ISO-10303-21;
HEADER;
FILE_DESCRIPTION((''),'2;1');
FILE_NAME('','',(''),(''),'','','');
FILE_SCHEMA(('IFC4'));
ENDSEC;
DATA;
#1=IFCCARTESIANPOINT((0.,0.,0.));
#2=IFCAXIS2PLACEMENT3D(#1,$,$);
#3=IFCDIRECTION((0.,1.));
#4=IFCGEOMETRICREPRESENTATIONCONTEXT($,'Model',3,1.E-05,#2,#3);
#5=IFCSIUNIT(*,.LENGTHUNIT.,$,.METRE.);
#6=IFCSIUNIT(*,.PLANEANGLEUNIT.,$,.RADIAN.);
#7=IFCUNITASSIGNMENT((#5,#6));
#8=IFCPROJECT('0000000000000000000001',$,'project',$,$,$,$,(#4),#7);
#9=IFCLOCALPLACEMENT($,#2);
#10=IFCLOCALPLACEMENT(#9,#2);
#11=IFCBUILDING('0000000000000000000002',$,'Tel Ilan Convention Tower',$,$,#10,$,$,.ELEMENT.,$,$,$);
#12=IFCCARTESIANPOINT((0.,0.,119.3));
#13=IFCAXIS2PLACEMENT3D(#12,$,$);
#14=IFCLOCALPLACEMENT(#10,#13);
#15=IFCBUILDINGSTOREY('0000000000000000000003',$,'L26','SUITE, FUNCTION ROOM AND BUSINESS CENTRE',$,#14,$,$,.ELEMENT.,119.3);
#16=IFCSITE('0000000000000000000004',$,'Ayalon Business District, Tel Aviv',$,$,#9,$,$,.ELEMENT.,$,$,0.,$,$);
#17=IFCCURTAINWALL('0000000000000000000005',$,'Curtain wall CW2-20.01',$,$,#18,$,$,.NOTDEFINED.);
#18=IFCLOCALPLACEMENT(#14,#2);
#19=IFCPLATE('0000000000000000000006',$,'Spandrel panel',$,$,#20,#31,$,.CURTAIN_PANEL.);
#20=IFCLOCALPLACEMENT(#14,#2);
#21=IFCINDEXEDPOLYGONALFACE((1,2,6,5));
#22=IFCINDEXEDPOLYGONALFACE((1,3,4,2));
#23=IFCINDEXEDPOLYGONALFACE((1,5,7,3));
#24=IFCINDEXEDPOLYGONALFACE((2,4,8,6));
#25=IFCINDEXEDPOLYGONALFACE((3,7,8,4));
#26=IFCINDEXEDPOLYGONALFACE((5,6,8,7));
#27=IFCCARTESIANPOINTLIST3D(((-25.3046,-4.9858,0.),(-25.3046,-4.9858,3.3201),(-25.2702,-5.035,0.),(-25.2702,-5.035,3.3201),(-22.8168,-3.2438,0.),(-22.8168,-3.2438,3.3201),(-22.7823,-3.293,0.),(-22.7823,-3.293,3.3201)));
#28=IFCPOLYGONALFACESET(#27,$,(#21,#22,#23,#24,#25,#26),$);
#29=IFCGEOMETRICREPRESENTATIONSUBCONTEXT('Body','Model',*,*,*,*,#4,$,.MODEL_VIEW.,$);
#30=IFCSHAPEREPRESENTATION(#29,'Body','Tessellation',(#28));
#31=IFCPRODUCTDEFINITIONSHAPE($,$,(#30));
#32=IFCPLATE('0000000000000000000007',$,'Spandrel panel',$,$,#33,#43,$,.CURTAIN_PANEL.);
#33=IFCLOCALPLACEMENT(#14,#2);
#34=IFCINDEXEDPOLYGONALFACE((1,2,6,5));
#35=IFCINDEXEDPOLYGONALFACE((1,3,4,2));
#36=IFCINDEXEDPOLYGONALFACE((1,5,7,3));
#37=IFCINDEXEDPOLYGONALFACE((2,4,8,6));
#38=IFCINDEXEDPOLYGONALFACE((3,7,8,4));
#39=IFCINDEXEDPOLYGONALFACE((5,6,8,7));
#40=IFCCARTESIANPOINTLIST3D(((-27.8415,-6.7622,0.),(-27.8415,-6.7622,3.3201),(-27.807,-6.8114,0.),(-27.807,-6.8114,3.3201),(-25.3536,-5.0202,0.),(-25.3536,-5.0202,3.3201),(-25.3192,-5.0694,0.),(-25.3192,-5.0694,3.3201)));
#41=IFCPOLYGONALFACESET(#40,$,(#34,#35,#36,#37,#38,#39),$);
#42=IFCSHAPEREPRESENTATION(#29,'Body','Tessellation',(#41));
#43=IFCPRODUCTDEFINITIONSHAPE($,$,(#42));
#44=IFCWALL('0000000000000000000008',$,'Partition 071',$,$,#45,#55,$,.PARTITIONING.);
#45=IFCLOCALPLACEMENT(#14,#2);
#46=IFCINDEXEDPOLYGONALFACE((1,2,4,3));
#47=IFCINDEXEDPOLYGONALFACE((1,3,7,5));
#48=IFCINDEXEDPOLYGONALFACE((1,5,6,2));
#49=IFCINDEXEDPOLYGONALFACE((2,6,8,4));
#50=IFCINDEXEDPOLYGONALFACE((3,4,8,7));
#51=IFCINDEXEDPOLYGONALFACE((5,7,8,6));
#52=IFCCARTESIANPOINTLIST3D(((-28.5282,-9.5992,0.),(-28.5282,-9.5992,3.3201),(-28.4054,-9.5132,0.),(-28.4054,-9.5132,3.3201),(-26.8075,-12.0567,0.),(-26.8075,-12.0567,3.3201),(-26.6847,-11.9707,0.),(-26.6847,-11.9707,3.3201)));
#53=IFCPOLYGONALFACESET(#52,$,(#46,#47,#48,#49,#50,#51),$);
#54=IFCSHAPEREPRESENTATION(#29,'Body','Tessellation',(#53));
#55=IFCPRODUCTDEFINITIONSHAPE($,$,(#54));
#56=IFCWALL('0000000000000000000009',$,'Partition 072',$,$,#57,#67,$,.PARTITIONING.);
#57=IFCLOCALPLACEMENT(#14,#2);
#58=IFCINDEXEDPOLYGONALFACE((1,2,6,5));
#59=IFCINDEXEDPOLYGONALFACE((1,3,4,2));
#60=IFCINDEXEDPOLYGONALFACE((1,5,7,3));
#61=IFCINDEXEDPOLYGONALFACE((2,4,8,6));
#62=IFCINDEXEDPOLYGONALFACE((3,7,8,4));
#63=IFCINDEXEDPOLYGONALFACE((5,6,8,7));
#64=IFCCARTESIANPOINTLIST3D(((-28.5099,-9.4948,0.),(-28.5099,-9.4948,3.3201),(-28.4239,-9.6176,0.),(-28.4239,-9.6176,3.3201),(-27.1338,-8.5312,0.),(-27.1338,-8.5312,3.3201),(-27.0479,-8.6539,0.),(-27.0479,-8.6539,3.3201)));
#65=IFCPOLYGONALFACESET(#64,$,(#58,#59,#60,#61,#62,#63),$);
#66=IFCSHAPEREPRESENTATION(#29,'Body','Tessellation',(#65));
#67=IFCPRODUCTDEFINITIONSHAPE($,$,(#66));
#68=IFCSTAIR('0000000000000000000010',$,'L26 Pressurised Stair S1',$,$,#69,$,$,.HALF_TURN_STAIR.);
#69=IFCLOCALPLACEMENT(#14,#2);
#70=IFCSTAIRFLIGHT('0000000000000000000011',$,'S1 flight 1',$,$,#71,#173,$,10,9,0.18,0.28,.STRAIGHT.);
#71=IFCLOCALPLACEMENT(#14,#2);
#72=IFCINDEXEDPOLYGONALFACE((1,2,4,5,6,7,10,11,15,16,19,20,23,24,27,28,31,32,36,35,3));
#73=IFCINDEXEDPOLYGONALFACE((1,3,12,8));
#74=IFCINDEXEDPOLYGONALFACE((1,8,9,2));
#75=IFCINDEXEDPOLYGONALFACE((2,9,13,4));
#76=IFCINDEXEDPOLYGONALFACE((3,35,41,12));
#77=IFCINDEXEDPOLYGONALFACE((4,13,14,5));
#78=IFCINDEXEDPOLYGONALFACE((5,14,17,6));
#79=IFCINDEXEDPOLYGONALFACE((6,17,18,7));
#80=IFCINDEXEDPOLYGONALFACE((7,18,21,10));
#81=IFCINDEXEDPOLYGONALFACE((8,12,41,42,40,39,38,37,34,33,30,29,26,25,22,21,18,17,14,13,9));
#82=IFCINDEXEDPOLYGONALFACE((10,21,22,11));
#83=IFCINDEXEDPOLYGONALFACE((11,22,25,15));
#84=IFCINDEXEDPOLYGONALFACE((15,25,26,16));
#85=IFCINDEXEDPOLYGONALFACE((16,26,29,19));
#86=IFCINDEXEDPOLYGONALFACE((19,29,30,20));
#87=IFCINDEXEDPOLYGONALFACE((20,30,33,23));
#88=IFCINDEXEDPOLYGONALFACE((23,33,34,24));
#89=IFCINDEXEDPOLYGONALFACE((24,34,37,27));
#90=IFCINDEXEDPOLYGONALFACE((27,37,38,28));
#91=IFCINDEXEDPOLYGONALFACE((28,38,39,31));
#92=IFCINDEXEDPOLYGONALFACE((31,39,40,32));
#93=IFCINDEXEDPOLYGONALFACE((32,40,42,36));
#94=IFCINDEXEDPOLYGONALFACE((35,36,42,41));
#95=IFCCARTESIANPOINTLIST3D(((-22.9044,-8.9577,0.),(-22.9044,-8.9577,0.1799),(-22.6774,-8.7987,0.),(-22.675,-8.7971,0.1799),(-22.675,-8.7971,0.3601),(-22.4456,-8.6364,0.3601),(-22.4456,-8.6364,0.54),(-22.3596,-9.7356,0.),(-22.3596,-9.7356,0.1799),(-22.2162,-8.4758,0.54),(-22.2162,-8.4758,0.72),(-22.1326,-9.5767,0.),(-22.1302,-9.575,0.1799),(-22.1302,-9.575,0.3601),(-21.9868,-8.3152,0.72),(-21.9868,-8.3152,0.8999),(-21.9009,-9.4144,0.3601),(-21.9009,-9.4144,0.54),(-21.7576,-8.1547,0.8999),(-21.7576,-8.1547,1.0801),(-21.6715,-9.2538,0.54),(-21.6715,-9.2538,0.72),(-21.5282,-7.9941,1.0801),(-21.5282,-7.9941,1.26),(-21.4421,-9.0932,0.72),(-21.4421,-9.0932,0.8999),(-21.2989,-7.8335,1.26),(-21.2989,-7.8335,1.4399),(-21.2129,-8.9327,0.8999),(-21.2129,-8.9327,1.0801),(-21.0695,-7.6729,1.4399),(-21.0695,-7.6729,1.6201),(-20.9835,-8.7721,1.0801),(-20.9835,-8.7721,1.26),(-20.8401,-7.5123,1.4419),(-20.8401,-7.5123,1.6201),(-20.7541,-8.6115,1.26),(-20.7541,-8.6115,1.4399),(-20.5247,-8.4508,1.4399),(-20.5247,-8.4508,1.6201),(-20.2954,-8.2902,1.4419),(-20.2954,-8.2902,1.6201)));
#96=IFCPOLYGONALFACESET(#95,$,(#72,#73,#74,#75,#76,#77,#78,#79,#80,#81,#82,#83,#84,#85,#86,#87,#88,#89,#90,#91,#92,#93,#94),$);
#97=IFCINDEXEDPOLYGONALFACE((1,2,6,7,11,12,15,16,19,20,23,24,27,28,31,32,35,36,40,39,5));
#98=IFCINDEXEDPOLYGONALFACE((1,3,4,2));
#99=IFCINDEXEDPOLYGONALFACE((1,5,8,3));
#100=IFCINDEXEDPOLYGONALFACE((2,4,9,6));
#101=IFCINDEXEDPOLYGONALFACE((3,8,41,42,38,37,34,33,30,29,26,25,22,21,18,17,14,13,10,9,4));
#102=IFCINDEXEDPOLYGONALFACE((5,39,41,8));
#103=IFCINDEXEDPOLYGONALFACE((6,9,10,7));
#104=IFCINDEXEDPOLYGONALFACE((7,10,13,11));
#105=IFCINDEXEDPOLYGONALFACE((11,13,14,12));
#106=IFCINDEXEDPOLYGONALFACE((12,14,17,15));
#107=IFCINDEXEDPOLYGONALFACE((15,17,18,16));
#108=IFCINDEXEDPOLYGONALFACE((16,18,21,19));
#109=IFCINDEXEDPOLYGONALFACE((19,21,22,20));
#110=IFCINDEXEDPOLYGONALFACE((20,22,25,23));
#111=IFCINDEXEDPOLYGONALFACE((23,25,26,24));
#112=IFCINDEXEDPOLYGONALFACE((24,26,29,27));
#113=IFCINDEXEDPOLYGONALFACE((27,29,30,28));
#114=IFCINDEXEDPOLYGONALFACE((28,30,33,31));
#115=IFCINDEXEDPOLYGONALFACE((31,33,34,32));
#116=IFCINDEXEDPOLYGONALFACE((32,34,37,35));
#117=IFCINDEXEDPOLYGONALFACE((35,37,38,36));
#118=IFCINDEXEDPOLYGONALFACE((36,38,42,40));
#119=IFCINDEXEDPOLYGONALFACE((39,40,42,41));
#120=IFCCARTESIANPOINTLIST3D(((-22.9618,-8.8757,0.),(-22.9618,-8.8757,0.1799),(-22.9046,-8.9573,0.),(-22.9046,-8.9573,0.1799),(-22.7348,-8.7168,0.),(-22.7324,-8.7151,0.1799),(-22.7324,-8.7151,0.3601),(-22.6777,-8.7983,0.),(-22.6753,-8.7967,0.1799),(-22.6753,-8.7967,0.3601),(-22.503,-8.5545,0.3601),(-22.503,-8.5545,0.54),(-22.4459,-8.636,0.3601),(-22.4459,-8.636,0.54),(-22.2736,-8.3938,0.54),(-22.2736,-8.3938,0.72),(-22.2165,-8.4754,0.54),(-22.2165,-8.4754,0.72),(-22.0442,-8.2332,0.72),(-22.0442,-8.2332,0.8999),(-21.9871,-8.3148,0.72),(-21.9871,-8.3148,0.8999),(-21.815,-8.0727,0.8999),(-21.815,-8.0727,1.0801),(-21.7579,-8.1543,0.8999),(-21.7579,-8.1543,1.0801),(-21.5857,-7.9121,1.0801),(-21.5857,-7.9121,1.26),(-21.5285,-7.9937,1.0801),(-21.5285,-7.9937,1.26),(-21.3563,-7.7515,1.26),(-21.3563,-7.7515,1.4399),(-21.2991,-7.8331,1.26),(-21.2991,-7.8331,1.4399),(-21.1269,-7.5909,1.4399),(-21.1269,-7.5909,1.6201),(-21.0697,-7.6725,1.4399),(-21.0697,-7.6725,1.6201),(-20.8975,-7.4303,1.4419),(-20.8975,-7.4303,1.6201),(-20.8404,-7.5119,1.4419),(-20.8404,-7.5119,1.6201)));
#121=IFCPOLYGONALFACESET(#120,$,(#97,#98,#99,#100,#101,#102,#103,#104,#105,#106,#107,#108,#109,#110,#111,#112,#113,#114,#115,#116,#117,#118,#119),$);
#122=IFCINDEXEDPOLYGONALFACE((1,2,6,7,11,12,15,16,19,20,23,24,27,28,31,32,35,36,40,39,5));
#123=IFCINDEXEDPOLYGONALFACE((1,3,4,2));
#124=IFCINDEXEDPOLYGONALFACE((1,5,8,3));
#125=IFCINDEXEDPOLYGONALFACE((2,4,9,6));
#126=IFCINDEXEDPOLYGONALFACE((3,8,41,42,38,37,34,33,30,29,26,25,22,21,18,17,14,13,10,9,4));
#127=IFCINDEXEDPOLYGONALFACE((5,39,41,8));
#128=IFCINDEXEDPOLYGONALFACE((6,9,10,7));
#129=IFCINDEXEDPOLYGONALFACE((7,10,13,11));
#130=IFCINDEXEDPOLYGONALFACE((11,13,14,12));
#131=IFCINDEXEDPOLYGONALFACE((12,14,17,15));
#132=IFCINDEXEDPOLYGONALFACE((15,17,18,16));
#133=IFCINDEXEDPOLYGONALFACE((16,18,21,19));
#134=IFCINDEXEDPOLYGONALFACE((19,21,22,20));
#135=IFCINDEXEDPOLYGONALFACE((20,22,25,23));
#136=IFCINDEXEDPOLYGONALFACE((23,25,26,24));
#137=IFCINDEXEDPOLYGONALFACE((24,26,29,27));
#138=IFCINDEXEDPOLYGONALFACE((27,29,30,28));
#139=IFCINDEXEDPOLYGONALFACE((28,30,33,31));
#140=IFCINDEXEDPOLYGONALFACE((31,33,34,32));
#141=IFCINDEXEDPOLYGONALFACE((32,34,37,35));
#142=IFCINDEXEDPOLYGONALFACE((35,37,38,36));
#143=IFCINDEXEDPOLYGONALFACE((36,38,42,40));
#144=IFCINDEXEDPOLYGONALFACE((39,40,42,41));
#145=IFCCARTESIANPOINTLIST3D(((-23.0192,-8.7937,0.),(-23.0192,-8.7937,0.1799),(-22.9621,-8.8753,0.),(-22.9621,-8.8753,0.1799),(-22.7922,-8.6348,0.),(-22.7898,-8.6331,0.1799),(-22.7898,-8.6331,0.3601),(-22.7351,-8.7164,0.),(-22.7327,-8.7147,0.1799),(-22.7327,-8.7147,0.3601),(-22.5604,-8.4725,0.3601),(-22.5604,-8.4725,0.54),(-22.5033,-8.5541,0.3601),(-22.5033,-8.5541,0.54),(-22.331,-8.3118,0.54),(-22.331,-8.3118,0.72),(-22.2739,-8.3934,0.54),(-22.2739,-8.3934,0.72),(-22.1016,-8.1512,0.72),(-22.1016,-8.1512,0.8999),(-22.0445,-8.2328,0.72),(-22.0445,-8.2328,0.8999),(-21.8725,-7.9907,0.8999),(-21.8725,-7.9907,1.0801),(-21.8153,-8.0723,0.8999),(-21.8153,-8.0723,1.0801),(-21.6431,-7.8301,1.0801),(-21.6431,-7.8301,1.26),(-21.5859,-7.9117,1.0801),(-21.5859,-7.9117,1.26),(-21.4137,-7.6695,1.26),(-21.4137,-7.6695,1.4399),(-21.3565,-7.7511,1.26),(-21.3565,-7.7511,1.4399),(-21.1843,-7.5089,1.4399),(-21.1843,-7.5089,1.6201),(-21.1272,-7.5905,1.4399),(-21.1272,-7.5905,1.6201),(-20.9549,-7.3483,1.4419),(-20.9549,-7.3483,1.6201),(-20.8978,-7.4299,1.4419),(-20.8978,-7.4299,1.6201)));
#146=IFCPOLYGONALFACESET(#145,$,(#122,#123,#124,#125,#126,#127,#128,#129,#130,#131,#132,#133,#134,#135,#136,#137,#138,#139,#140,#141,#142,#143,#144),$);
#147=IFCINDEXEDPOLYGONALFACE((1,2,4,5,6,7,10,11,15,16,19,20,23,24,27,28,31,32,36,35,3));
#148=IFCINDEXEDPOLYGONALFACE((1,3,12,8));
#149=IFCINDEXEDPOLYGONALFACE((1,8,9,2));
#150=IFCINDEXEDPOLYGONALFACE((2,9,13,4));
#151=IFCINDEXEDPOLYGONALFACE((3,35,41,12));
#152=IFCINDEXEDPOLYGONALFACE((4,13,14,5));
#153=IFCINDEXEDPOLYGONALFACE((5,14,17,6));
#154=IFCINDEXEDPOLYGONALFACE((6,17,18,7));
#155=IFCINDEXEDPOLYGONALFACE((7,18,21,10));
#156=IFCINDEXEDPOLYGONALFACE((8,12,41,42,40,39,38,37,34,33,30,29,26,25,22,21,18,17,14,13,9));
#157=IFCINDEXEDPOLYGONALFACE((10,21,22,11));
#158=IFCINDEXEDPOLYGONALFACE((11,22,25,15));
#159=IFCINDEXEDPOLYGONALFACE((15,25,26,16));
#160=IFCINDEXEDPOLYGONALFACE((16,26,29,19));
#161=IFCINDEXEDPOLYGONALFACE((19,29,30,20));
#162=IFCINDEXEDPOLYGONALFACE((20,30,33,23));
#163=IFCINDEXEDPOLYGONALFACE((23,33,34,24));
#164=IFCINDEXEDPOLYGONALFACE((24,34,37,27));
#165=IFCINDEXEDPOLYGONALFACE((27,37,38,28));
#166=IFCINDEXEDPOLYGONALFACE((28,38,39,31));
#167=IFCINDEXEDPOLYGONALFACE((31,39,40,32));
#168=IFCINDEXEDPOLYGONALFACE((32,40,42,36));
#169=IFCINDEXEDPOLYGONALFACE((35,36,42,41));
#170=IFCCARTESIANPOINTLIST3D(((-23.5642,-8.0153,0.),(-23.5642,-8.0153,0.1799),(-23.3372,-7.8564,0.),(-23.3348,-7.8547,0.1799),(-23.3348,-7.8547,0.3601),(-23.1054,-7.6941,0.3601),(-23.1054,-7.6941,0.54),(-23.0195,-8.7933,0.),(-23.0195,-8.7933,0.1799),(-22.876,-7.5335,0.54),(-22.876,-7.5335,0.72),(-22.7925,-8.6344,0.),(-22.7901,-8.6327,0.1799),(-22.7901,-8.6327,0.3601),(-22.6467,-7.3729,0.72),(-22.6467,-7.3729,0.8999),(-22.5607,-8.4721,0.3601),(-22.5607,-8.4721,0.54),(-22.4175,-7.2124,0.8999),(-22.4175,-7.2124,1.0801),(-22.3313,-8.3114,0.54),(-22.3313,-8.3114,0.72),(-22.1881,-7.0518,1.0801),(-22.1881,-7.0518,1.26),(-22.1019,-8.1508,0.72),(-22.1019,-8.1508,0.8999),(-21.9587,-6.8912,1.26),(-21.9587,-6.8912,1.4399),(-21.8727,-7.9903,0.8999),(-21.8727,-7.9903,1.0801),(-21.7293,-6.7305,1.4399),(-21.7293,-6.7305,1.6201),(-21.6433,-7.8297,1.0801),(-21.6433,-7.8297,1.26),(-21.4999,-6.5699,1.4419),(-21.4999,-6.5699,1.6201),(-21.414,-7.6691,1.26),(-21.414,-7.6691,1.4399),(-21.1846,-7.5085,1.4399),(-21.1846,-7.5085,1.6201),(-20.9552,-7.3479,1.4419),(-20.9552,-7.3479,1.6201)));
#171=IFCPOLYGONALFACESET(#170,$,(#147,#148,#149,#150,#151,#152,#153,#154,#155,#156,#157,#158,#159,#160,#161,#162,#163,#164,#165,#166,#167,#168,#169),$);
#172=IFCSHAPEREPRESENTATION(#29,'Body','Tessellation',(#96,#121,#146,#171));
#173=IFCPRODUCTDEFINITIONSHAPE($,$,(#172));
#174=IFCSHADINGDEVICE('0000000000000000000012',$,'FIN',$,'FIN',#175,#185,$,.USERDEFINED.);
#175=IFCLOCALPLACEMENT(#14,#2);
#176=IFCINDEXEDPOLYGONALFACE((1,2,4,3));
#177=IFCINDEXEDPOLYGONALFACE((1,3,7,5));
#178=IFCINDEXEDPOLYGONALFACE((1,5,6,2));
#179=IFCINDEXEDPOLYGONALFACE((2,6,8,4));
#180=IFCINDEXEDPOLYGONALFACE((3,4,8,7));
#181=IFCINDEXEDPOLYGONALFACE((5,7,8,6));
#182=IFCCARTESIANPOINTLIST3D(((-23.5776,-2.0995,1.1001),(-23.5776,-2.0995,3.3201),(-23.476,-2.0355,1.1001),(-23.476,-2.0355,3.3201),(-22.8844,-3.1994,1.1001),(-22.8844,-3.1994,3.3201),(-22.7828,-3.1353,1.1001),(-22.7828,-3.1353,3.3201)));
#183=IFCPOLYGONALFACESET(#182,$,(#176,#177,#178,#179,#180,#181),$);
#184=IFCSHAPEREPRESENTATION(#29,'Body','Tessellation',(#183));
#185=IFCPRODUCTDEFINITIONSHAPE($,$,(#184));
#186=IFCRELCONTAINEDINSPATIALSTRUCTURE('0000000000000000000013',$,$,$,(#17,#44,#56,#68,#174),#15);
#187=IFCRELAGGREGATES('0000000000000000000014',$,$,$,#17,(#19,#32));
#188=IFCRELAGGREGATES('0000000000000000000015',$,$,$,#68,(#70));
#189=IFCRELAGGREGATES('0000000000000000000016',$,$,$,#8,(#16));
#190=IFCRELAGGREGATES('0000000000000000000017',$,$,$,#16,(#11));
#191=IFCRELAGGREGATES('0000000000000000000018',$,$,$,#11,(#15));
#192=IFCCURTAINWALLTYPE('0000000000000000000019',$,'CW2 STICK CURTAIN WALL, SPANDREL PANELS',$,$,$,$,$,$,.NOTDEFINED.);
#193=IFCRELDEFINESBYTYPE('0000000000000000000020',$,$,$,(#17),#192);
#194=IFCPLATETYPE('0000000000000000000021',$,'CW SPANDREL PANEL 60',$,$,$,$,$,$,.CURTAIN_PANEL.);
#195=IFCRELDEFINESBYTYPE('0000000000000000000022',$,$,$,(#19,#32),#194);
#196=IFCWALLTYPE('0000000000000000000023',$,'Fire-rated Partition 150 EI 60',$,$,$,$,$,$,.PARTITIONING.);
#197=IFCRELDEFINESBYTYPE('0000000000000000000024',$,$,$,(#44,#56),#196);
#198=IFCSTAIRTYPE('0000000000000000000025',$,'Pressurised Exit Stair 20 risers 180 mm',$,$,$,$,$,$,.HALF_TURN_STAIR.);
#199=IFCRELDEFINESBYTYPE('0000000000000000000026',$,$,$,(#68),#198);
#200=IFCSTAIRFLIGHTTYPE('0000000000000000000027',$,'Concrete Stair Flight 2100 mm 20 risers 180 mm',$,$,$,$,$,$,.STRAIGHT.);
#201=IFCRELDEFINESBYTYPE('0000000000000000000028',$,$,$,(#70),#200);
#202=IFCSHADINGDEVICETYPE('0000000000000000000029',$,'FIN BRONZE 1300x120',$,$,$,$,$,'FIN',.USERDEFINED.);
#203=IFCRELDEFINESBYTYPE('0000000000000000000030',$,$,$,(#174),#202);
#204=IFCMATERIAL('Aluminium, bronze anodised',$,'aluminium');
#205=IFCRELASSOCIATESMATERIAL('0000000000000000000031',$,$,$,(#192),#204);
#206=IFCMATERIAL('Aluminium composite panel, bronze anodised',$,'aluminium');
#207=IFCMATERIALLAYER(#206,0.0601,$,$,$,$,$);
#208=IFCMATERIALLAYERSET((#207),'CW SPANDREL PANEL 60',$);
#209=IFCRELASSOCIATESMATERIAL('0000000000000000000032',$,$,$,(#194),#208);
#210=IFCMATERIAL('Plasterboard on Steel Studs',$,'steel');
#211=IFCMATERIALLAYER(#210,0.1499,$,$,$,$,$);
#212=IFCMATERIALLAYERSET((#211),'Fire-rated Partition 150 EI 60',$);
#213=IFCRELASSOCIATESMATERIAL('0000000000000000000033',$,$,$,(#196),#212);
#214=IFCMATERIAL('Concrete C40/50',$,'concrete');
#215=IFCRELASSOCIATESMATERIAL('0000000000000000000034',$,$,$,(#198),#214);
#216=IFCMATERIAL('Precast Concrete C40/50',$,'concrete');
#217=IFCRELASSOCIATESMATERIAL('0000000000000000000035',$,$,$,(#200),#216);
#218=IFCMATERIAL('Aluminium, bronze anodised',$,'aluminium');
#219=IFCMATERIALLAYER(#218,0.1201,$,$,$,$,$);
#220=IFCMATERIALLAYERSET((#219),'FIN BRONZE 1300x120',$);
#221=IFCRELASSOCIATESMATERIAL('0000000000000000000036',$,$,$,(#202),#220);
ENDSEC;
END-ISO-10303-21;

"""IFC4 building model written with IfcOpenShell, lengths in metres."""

from ifc_helpers import new_model, si_unit, direction, frame, frame_2d, origin, origin_2d, place, context, subcontext, project, spatial, polyline, rectangle, outline, extrude, material, layer, layer_set, type_object, element, aggregate, save


model = new_model("IFC4")

# Units and contexts
model_context = context("Model", 3, precision=1e-05, world=origin(), true_north=direction((0.0, 1.0)))
body_context = subcontext(model_context, "Body", "Model", "MODEL_VIEW")
ifc_project = project(units=[si_unit("LENGTHUNIT", "METRE"), si_unit("PLANEANGLEUNIT", "RADIAN")], contexts=[model_context])

# Site, building, storey
site_placement = place(None, origin())
site = spatial("IfcSite", under=ifc_project, at=site_placement, Name="Ayalon Business District, Tel Aviv", CompositionType="ELEMENT", RefElevation=0.0)
building_placement = place(site_placement, origin())
building = spatial("IfcBuilding", under=site, at=building_placement, Name="Tel Ilan Convention Tower", CompositionType="ELEMENT")
storey_placement = place(building_placement, frame((0.0, 0.0, 119.3)))
storey = spatial("IfcBuildingStorey", under=building, at=storey_placement, Name="L26", Description="SUITE, FUNCTION ROOM AND BUSINESS CENTRE", CompositionType="ELEMENT", Elevation=119.3)

# Curtain wall
ifc_material_1 = material(Name="Aluminium, bronze anodised", Category="aluminium")
curtain_wall_type_1 = type_object("IfcCurtainWallType", Name="CW2 STICK CURTAIN WALL, SPANDREL PANELS", PredefinedType="NOTDEFINED", material=ifc_material_1)
curtain_wall_1_placement = place(storey_placement, origin())
curtain_wall_1 = element("IfcCurtainWall", 1, at=curtain_wall_1_placement, inside=storey, type_object=curtain_wall_type_1, Name="Curtain wall CW2-20.01", PredefinedType="NOTDEFINED")

# Plates
ifc_material_2 = material(Name="Aluminium composite panel, bronze anodised", Category="aluminium")
ifc_layer_1 = layer(ifc_material_2, 0.0601)
ifc_layer_set_1 = layer_set([ifc_layer_1], Name="CW SPANDREL PANEL 60")
plate_type_1 = type_object("IfcPlateType", Name="CW SPANDREL PANEL 60", PredefinedType="CURTAIN_PANEL", material=ifc_layer_set_1)
plate_1_placement = place(storey_placement, frame((-24.0435, -4.1394, 0.0), z_axis=(0.0, 0.0, 1.0), x_axis=(-0.819152, -0.573576, 0.0)))
plate_1 = element("IfcPlate", 2, at=plate_1_placement, type_object=plate_type_1, Name="Spandrel panel", PredefinedType="CURTAIN_PANEL", context=body_context, shape_type="SweptSolid", body=[
    extrude(rectangle(XDim=3.0371, YDim=0.0601, at=origin_2d()), origin(), (0.0, 0.0, 1.0), 3.3201),
])
plate_2_placement = place(storey_placement, frame((-26.5803, -5.9158, 0.0), z_axis=(0.0, 0.0, 1.0), x_axis=(-0.819152, -0.573576, 0.0)))
plate_2 = element("IfcPlate", 3, at=plate_2_placement, type_object=plate_type_1, Name="Spandrel panel", PredefinedType="CURTAIN_PANEL", context=body_context, shape_type="SweptSolid", body=[
    extrude(rectangle(XDim=3.0371, YDim=0.0601, at=origin_2d()), origin(), (0.0, 0.0, 1.0), 3.3201),
])
aggregate(curtain_wall_1, [plate_1, plate_2])

# Walls
ifc_material_3 = material(Name="Plasterboard on Steel Studs", Category="steel")
ifc_layer_2 = layer(ifc_material_3, 0.1499)
ifc_layer_set_2 = layer_set([ifc_layer_2], Name="Fire-rated Partition 150 EI 60")
wall_type = type_object("IfcWallType", Name="Fire-rated Partition 150 EI 60", PredefinedType="PARTITIONING", material=ifc_layer_set_2)
wall_1_placement = place(storey_placement, frame((-26.7461, -12.0137, 0.0), z_axis=(0.0, 0.0, 1.0), x_axis=(-0.573561, 0.819163, 0.0)))
element("IfcWall", 4, at=wall_1_placement, inside=storey, type_object=wall_type, Name="Partition 071", PredefinedType="PARTITIONING", context=body_context, shape_type="SweptSolid", body=[
    extrude(rectangle(XDim=3.0, YDim=0.1499, at=frame_2d((1.5, 0.0))), origin(), (0.0, 0.0, 1.0), 3.3201),
])
wall_2_placement = place(storey_placement, frame((-28.4668, -9.5562, 0.0), z_axis=(0.0, 0.0, 1.0), x_axis=(0.819109, 0.573638, 0.0)))
element("IfcWall", 5, at=wall_2_placement, inside=storey, type_object=wall_type, Name="Partition 072", PredefinedType="PARTITIONING", context=body_context, shape_type="SweptSolid", body=[
    extrude(rectangle(XDim=1.6799, YDim=0.1499, at=frame_2d((0.8398, 0.0))), origin(), (0.0, 0.0, 1.0), 3.3201),
])

# Stair, stair flight
ifc_material_4 = material(Name="Concrete C40/50", Category="concrete")
stair_type = type_object("IfcStairType", Name="Pressurised Exit Stair 20 risers 180 mm", PredefinedType="HALF_TURN_STAIR", material=ifc_material_4)
stair_placement = place(storey_placement, origin())
stair = element("IfcStair", 6, at=stair_placement, inside=storey, type_object=stair_type, Name="L26 Pressurised Stair S1", PredefinedType="HALF_TURN_STAIR")
ifc_material_5 = material(Name="Precast Concrete C40/50", Category="concrete")
stair_flight_type = type_object("IfcStairFlightType", Name="Concrete Stair Flight 2100 mm 20 risers 180 mm", PredefinedType="STRAIGHT", material=ifc_material_5)
stair_flight_placement = place(storey_placement, frame((-22.9619, -8.8755, 0.0), z_axis=(0.0, 0.0, 1.0), x_axis=(0.819152, 0.573576, 0.0)))
stair_flight = element("IfcStairFlight", 7, at=stair_flight_placement, type_object=stair_flight_type, Name="S1 flight 1", NumberOfRisers=10, NumberOfTreads=9, PredefinedType="STRAIGHT", RiserHeight=0.18, TreadLength=0.28, context=body_context, shape_type="SweptSolid", body=[
    extrude(outline(polyline([(0.0, 0.0), (0.0, 0.1799), (0.28, 0.1799), (0.28, 0.3601), (0.5601, 0.3601), (0.5601, 0.54), (0.8401, 0.54), (0.8401, 0.72), (1.1201, 0.72), (1.1201, 0.8999), (1.3999, 0.8999), (1.3999, 1.0801), (1.6799, 1.0801), (1.6799, 1.26), (1.96, 1.26), (1.96, 1.4399), (2.24, 1.4399), (2.24, 1.6201), (2.52, 1.6201), (2.52, 1.8), (2.52, 1.4419), (0.2771, 0.0), (0.0, 0.0)])), frame((0.0, -0.1003, 0.0), z_axis=(0.0, -1.0, 0.0), x_axis=(1.0, 0.0, 0.0)), (0.0, 0.0, 1.0), 0.9497),
    extrude(outline(polyline([(0.0, 0.0), (0.0, 0.1799), (0.28, 0.1799), (0.28, 0.3601), (0.5601, 0.3601), (0.5601, 0.54), (0.8401, 0.54), (0.8401, 0.72), (1.1201, 0.72), (1.1201, 0.8999), (1.3999, 0.8999), (1.3999, 1.0801), (1.6799, 1.0801), (1.6799, 1.26), (1.96, 1.26), (1.96, 1.4399), (2.24, 1.4399), (2.24, 1.6201), (2.52, 1.6201), (2.52, 1.8), (2.52, 1.4419), (0.2771, 0.0), (0.0, 0.0)])), frame((0.0, -0.0002, 0.0), z_axis=(0.0, -1.0, 0.0), x_axis=(1.0, 0.0, 0.0)), (0.0, 0.0, 1.0), 0.0996),
    extrude(outline(polyline([(0.0, 0.0), (0.0, 0.1799), (0.28, 0.1799), (0.28, 0.3601), (0.5601, 0.3601), (0.5601, 0.54), (0.8401, 0.54), (0.8401, 0.72), (1.1201, 0.72), (1.1201, 0.8999), (1.3999, 0.8999), (1.3999, 1.0801), (1.6799, 1.0801), (1.6799, 1.26), (1.96, 1.26), (1.96, 1.4399), (2.24, 1.4399), (2.24, 1.6201), (2.52, 1.6201), (2.52, 1.8), (2.52, 1.4419), (0.2771, 0.0), (0.0, 0.0)])), frame((0.0, 0.0999, 0.0), z_axis=(0.0, -1.0, 0.0), x_axis=(1.0, 0.0, 0.0)), (0.0, 0.0, 1.0), 0.0996),
    extrude(outline(polyline([(0.0, 0.0), (0.0, 0.1799), (0.28, 0.1799), (0.28, 0.3601), (0.5601, 0.3601), (0.5601, 0.54), (0.8401, 0.54), (0.8401, 0.72), (1.1201, 0.72), (1.1201, 0.8999), (1.3999, 0.8999), (1.3999, 1.0801), (1.6799, 1.0801), (1.6799, 1.26), (1.96, 1.26), (1.96, 1.4399), (2.24, 1.4399), (2.24, 1.6201), (2.52, 1.6201), (2.52, 1.8), (2.52, 1.4419), (0.2771, 0.0), (0.0, 0.0)])), frame((0.0, 1.05, 0.0), z_axis=(0.0, -1.0, 0.0), x_axis=(1.0, 0.0, 0.0)), (0.0, 0.0, 1.0), 0.9497),
])
aggregate(stair, [stair_flight])

# Shading device
ifc_material_6 = material(Name="Aluminium, bronze anodised", Category="aluminium")
ifc_layer_3 = layer(ifc_material_6, 0.1201)
ifc_layer_set_3 = layer_set([ifc_layer_3], Name="FIN BRONZE 1300x120")
shading_device_type = type_object("IfcShadingDeviceType", Name="FIN BRONZE 1300x120", ElementType="FIN", PredefinedType="USERDEFINED", material=ifc_layer_set_3)
for number, where, z_axis, x_axis, name in (
    (8, (-23.1802, -2.6174, 1.1001), (0.0, 0.0, 1.0), (-0.533204, 0.845986, 0.0), "FIN"),
):
    element("IfcShadingDevice", number, at=place(storey_placement, frame(where, z_axis=z_axis, x_axis=x_axis)), inside=storey, type_object=shading_device_type, Name=name, ObjectType="FIN", PredefinedType="USERDEFINED", context=body_context, shape_type="SweptSolid", body=[
        extrude(rectangle(XDim=1.3, YDim=0.1201, at=origin_2d()), origin(), (0.0, 0.0, 1.0), 2.22),
    ])

save(model, "model.ifc")
